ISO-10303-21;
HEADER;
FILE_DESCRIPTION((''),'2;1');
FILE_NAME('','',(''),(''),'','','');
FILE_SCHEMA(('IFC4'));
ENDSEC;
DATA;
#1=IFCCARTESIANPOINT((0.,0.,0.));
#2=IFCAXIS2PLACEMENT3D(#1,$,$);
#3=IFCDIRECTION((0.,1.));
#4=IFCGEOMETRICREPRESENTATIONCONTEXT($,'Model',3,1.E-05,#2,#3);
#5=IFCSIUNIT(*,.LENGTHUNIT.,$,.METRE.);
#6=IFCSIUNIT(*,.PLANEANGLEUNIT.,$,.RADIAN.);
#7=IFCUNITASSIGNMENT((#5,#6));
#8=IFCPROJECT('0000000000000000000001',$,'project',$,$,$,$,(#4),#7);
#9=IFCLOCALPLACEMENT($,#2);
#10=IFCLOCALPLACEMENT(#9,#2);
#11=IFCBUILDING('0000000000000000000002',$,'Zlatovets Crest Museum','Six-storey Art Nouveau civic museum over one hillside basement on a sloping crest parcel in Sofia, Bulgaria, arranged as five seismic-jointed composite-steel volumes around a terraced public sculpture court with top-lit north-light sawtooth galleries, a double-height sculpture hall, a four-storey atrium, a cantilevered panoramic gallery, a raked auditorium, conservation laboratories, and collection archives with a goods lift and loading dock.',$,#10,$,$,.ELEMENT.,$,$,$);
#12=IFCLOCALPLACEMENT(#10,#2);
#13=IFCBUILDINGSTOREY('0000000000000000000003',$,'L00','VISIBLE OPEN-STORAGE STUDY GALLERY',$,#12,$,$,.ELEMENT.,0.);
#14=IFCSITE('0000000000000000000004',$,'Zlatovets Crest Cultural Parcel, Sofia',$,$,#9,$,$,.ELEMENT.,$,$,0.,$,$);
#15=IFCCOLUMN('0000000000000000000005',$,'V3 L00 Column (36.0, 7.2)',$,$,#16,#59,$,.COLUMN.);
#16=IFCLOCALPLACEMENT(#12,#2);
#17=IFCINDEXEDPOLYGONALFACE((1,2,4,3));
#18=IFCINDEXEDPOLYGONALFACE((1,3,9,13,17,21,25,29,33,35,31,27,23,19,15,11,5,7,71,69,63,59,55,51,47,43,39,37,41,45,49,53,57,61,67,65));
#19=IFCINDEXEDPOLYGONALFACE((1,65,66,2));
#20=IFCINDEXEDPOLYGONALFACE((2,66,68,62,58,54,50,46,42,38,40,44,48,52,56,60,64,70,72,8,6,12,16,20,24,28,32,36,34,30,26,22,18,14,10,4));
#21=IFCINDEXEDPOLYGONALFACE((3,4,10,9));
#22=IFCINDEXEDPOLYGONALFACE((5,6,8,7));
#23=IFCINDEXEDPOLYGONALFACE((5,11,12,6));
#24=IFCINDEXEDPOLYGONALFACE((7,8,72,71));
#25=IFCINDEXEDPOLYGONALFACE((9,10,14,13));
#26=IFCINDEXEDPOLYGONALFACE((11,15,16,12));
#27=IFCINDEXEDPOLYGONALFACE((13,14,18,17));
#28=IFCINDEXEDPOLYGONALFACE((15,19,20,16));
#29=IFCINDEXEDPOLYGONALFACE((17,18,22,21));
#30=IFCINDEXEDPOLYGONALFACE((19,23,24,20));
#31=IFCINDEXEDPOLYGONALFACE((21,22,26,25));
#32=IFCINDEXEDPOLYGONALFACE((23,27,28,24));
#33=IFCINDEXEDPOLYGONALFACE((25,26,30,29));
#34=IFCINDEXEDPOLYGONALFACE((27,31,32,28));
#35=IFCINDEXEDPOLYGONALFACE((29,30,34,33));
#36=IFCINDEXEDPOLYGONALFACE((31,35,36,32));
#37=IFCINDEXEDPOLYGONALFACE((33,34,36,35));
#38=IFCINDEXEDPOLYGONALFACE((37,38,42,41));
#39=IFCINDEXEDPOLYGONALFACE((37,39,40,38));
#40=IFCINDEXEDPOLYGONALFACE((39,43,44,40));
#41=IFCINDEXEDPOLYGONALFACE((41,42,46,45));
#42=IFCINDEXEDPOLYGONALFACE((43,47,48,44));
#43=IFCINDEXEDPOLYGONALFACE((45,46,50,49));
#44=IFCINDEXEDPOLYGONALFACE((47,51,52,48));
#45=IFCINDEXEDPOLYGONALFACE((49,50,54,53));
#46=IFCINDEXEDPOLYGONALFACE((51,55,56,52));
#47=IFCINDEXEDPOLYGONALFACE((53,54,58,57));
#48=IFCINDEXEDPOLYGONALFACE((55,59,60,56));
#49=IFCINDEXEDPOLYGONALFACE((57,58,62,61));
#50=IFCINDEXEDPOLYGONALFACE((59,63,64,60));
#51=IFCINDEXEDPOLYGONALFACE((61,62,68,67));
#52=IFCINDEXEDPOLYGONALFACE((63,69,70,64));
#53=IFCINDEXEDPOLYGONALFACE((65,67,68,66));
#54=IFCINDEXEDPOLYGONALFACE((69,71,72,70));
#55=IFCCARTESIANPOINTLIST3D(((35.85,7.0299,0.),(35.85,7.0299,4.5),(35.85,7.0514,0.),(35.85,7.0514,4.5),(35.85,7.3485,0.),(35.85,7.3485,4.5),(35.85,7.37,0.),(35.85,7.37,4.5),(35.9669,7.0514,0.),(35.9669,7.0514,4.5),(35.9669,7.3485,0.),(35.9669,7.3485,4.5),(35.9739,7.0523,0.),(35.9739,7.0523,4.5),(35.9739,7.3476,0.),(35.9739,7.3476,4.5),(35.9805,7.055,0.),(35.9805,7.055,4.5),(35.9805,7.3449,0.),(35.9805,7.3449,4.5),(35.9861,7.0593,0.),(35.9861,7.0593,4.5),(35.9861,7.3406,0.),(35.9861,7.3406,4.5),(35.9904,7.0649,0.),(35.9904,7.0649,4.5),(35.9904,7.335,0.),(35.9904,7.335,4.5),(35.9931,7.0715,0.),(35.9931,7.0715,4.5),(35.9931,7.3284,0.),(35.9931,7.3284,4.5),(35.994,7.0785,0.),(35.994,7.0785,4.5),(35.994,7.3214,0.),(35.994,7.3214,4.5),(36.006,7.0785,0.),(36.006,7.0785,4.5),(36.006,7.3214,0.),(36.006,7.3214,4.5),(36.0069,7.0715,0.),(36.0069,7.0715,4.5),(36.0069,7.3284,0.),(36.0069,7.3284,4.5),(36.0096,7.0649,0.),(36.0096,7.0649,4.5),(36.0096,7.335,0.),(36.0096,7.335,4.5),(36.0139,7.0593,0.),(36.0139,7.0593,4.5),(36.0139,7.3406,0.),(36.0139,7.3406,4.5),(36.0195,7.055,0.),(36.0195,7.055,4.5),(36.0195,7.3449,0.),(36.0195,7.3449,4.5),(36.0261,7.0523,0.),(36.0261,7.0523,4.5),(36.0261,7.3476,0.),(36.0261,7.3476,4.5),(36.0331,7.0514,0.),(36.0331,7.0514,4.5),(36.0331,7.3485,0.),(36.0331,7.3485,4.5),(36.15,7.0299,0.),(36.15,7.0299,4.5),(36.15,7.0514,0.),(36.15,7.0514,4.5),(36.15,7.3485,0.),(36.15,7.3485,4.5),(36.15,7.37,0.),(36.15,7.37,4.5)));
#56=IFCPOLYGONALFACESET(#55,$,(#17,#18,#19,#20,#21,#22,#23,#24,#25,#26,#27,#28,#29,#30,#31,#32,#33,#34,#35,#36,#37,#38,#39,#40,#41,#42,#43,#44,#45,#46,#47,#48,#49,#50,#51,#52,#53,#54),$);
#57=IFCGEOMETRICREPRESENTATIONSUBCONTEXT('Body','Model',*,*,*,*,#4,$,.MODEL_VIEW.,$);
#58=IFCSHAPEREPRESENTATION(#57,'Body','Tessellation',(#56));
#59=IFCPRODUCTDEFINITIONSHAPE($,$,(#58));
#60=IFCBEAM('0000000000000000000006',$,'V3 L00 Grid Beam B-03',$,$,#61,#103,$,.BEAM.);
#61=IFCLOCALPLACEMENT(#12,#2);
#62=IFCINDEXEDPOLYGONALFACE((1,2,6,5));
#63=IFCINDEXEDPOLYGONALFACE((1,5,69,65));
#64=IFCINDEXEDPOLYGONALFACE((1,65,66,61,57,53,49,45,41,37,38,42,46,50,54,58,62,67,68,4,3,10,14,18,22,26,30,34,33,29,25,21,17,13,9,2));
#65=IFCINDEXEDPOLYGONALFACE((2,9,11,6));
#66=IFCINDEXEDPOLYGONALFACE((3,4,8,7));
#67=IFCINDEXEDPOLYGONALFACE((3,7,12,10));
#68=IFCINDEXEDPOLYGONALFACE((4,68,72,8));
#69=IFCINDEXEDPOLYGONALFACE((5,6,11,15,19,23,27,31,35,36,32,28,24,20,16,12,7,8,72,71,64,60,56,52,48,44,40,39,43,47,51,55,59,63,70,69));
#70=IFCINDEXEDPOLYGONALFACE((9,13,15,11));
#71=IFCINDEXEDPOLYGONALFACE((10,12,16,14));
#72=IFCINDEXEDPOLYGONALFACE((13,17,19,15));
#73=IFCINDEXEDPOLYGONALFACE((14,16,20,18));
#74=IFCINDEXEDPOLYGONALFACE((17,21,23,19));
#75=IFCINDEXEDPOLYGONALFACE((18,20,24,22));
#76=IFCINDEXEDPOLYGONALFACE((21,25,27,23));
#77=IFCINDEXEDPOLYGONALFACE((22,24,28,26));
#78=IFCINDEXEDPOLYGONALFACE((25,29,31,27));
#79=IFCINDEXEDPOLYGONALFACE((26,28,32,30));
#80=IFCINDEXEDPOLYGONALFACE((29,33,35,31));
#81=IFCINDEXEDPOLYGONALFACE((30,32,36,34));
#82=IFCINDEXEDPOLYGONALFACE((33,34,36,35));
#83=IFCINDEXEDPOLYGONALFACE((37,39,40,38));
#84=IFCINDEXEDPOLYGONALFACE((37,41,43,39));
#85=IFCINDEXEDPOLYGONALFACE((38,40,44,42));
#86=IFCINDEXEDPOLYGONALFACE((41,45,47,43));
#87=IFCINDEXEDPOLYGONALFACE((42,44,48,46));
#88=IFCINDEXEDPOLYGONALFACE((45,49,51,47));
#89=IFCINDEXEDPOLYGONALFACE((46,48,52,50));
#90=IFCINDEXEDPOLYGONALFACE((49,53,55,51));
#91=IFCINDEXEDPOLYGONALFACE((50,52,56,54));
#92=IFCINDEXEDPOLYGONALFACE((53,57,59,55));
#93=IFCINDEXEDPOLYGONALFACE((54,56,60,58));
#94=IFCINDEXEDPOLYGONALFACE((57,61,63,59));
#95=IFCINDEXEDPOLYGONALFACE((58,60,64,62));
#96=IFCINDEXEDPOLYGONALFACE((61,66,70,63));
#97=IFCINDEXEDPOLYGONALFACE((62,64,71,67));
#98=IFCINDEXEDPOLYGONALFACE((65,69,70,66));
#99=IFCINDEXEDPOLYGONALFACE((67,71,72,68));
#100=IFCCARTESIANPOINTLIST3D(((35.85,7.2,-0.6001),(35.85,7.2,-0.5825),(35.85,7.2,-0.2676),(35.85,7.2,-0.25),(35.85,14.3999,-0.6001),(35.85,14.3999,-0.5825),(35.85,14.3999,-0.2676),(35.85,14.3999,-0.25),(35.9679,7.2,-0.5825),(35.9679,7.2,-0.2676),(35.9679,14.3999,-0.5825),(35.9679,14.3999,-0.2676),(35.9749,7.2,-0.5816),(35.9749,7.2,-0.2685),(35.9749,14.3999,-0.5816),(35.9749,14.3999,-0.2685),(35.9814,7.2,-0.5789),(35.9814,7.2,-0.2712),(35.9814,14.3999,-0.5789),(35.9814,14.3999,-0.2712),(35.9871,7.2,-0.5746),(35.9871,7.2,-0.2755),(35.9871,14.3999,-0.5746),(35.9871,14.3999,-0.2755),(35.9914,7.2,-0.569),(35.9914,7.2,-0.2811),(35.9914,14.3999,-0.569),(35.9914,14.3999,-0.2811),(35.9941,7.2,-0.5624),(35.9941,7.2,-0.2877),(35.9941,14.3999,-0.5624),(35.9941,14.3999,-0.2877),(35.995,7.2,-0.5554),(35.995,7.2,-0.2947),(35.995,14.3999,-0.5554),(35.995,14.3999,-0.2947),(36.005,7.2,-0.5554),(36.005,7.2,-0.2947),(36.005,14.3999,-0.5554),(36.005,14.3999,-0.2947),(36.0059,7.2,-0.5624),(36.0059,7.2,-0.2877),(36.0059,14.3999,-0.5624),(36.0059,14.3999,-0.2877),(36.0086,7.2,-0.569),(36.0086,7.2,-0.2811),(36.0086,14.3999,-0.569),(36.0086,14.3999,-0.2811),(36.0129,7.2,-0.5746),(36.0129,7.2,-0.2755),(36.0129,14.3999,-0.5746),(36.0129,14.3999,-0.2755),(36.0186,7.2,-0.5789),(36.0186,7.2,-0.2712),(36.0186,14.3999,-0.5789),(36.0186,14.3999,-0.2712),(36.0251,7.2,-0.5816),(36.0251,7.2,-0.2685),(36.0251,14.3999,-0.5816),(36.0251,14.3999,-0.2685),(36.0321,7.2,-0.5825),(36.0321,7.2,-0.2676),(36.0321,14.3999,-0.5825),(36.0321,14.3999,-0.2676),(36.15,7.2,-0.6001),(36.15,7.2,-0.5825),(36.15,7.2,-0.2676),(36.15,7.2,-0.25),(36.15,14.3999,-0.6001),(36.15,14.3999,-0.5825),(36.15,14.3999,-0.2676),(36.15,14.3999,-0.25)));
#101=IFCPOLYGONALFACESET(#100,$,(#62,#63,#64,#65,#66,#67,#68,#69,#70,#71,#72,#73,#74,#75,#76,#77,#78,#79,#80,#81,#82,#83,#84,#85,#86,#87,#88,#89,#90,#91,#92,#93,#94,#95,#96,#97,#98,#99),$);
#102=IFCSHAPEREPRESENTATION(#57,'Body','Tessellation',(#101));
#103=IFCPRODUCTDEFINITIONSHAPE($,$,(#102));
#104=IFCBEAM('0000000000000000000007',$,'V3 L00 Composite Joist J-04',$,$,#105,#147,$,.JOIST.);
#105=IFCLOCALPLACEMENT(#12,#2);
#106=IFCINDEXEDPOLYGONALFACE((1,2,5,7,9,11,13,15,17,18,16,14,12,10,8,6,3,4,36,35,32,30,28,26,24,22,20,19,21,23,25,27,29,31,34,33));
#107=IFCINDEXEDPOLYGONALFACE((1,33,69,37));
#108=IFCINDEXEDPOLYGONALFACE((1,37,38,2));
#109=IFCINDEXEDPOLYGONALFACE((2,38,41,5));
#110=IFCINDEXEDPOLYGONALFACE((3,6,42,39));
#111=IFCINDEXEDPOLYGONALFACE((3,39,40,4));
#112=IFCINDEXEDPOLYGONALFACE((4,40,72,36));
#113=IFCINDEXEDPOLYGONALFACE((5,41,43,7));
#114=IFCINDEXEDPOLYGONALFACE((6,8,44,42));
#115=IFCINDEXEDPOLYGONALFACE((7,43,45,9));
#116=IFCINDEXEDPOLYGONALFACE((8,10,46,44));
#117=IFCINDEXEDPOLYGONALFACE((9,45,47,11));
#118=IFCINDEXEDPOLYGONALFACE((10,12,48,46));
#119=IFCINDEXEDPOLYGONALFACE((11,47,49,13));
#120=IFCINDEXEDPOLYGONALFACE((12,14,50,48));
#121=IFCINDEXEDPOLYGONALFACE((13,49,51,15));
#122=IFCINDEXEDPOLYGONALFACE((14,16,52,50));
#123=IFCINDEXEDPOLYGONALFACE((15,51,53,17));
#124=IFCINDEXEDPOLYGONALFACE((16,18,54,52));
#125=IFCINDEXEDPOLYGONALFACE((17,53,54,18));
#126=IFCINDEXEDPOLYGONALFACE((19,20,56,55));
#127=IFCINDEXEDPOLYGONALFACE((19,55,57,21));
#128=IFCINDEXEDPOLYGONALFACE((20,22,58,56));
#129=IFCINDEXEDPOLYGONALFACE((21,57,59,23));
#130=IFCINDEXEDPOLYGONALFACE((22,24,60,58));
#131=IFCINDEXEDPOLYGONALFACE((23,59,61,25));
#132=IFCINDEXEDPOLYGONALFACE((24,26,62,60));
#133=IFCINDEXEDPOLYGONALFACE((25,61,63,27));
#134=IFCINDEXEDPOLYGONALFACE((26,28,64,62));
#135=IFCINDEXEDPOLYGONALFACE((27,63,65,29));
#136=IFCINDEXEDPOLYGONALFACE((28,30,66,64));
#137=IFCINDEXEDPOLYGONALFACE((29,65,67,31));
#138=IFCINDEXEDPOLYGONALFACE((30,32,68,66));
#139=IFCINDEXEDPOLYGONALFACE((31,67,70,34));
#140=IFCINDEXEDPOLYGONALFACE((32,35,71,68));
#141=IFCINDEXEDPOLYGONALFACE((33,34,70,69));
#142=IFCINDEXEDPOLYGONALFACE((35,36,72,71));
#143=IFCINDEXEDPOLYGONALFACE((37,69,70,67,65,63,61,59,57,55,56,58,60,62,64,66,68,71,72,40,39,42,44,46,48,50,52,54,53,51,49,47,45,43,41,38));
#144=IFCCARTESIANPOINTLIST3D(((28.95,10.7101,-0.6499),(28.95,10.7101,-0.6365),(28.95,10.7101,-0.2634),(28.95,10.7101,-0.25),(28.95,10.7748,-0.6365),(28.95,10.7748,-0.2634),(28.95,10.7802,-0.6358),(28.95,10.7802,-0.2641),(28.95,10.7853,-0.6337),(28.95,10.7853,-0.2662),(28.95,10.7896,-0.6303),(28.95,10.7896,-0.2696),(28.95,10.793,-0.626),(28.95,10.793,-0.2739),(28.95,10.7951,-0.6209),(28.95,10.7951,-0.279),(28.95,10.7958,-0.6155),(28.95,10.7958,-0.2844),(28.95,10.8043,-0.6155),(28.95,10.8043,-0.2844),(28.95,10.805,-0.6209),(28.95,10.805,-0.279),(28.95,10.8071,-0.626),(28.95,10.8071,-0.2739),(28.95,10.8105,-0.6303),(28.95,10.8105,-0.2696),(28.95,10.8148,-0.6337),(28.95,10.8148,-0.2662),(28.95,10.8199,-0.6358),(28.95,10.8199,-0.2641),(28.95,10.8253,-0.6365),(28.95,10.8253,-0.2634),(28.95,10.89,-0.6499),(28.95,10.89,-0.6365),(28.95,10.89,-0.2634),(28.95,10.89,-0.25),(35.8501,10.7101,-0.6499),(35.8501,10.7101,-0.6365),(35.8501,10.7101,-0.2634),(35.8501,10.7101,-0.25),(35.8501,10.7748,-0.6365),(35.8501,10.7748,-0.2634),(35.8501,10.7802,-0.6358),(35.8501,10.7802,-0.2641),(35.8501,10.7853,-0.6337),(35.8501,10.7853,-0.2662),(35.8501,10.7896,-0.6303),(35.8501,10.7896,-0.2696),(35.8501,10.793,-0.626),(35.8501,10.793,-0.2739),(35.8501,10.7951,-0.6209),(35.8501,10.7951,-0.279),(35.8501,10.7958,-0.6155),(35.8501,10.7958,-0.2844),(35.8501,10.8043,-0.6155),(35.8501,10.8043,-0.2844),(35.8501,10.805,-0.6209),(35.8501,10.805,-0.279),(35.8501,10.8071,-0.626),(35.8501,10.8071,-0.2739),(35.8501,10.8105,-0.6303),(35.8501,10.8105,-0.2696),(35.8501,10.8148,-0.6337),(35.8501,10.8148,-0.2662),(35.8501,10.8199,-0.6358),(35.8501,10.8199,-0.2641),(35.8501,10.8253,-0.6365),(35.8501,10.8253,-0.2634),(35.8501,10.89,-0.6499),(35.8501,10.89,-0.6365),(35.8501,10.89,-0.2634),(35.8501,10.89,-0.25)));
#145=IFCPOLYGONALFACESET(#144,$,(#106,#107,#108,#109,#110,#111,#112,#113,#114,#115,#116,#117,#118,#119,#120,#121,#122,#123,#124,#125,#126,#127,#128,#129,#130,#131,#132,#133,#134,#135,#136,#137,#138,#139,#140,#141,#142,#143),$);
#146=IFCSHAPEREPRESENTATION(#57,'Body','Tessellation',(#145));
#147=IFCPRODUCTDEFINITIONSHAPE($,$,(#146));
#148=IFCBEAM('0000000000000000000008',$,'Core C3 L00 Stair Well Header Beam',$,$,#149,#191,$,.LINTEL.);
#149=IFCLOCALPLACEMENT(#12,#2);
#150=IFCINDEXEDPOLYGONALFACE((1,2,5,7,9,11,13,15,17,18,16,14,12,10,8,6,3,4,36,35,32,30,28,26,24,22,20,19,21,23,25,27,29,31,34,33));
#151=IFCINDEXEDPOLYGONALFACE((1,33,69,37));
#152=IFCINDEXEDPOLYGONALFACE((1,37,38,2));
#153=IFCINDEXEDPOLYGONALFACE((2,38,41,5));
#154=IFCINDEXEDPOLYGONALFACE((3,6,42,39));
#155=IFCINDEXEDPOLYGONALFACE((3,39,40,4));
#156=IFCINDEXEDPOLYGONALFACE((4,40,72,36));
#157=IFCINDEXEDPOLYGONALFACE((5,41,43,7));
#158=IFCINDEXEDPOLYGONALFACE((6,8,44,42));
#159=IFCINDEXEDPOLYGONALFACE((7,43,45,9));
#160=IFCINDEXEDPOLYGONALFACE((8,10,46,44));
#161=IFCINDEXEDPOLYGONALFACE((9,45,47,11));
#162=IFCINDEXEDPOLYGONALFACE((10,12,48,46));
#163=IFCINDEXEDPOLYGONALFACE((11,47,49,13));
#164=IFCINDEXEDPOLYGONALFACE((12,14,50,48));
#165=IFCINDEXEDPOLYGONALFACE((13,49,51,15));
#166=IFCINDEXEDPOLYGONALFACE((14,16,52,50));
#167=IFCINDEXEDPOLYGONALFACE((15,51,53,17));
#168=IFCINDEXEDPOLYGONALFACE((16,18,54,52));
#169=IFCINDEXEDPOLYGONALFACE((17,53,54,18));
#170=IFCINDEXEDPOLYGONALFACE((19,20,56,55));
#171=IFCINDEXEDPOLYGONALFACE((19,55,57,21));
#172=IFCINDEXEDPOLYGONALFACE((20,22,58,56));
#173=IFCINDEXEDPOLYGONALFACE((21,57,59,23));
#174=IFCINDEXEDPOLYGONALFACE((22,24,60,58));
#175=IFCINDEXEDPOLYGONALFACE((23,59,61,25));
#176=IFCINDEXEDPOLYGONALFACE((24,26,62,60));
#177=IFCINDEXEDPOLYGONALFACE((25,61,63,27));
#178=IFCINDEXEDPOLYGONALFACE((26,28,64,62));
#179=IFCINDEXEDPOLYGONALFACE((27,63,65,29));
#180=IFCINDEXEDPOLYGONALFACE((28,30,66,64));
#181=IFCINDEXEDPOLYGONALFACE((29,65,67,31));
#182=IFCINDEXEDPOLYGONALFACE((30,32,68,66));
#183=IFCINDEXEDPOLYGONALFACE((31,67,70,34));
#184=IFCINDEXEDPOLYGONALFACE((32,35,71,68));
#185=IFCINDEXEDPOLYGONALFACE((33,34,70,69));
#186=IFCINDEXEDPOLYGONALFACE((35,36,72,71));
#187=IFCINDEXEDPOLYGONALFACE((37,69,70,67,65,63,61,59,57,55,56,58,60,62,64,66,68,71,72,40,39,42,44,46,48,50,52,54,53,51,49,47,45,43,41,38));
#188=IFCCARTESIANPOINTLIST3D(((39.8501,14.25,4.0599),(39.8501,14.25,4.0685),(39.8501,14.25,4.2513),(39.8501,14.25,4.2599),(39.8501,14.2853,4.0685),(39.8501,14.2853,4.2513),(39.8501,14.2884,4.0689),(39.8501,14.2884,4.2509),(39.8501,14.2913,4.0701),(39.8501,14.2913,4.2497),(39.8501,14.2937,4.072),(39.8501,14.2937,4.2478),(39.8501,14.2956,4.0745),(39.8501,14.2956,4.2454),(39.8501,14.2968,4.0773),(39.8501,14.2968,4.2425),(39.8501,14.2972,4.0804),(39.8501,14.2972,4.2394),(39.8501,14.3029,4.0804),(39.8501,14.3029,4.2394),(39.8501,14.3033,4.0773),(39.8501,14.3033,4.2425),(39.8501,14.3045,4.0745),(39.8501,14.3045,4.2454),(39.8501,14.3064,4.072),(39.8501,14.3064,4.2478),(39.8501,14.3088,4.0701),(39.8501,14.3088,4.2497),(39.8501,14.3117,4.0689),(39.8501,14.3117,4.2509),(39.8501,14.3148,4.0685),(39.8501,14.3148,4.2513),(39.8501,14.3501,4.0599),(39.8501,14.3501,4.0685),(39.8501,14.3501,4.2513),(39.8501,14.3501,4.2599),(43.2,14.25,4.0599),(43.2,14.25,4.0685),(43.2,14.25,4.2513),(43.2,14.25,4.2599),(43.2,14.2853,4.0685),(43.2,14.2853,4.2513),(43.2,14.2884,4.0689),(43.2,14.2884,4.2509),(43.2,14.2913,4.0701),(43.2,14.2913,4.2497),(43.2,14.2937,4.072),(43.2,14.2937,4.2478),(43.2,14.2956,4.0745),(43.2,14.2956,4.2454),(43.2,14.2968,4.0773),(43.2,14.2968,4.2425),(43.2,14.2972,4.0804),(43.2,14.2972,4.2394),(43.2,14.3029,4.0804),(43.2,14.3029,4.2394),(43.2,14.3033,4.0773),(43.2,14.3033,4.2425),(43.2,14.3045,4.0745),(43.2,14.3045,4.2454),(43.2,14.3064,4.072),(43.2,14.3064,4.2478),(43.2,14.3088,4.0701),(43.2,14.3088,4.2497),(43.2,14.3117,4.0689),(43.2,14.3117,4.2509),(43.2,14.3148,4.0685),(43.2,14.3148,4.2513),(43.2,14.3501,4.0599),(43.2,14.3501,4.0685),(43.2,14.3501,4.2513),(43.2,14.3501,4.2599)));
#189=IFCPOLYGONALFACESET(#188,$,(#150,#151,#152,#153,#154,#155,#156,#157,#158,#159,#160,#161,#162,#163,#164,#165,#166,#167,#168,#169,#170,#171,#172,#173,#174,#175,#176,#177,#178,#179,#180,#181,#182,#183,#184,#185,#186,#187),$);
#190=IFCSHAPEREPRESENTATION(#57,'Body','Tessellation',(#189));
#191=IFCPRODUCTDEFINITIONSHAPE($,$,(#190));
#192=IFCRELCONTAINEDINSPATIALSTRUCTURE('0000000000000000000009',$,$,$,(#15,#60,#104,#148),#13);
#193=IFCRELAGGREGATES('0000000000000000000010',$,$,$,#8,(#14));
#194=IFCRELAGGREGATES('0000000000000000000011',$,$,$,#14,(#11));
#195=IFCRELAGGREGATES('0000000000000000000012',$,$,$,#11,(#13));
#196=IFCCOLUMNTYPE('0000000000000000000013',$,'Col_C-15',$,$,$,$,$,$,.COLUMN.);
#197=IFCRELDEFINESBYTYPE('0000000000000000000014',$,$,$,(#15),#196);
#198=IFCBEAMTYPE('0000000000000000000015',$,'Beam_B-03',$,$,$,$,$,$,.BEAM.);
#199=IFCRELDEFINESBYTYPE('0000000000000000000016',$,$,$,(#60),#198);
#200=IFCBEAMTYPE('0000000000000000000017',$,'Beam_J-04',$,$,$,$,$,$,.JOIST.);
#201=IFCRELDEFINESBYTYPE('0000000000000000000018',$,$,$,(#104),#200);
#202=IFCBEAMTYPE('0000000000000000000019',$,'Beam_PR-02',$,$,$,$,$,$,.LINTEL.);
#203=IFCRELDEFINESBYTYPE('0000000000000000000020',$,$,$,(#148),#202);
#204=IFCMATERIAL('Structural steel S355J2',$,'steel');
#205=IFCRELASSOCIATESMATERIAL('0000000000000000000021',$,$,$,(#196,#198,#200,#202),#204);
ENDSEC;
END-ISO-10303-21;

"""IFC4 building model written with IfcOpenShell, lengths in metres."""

from ifc_helpers import new_model, si_unit, direction, frame, origin, origin_2d, place, context, subcontext, project, spatial, i_section, extrude, material, material_profile, profile_set, type_object, element, save


model = new_model("IFC4")

# Units and contexts
model_context = context("Model", 3, precision=1e-05, world=origin(), true_north=direction((0.0, 1.0)))
body_context = subcontext(model_context, "Body", "Model", "MODEL_VIEW")
ifc_project = project(units=[si_unit("LENGTHUNIT", "METRE"), si_unit("PLANEANGLEUNIT", "RADIAN")], contexts=[model_context])

# Site, building, storey
site_placement = place(None, origin())
site = spatial("IfcSite", under=ifc_project, at=site_placement, Name="Zlatovets Crest Cultural Parcel, Sofia", CompositionType="ELEMENT", RefElevation=0.0)
building_placement = place(site_placement, origin())
building = spatial("IfcBuilding", under=site, at=building_placement, Name="Zlatovets Crest Museum", Description="Six-storey Art Nouveau civic museum over one hillside basement on a sloping crest parcel in Sofia, Bulgaria, arranged as five seismic-jointed composite-steel volumes around a terraced public sculpture court with top-lit north-light sawtooth galleries, a double-height sculpture hall, a four-storey atrium, a cantilevered panoramic gallery, a raked auditorium, conservation laboratories, and collection archives with a goods lift and loading dock.", CompositionType="ELEMENT")
storey_placement = place(building_placement, origin())
storey = spatial("IfcBuildingStorey", under=building, at=storey_placement, Name="L00", Description="VISIBLE OPEN-STORAGE STUDY GALLERY", CompositionType="ELEMENT", Elevation=0.0)

# Column
ifc_material_1 = material(Name="Structural steel S355J2", Category="steel")
ifc_material_profile_1 = material_profile(ifc_material_1, i_section(OverallWidth=0.3, OverallDepth=0.3401, WebThickness=0.012, FlangeThickness=0.0215, FilletRadius=0.0271, at=origin_2d()), Name="HEB 340")
ifc_profile_set_1 = profile_set([ifc_material_profile_1], Name="Structural steel S355J2")
column_type = type_object("IfcColumnType", Name="Col_C-15", PredefinedType="COLUMN", material=ifc_profile_set_1)
column_placement = place(storey_placement, frame((36.0, 7.2, 0.0), z_axis=(0.0, 0.0, 1.0), x_axis=(1.0, 0.0, 0.0)))
element("IfcColumn", 1, at=column_placement, inside=storey, type_object=column_type, Name="V3 L00 Column (36.0, 7.2)", PredefinedType="COLUMN", context=body_context, shape_type="SweptSolid", body=[
    extrude(i_section(OverallWidth=0.3, OverallDepth=0.3401, WebThickness=0.012, FlangeThickness=0.0215, FilletRadius=0.0271, at=origin_2d()), origin(), (0.0, 0.0, 1.0), 4.5),
])

# Beams
ifc_material_profile_2 = material_profile(ifc_material_1, i_section(OverallWidth=0.3, OverallDepth=0.3501, WebThickness=0.01, FlangeThickness=0.0176, FilletRadius=0.0271, at=origin_2d()), Name="HEA 360")
ifc_profile_set_2 = profile_set([ifc_material_profile_2], Name="Structural steel S355J2")
beam_type_1 = type_object("IfcBeamType", Name="Beam_B-03", PredefinedType="BEAM", material=ifc_profile_set_2)
beam_1_placement = place(storey_placement, frame((36.0, 7.2, -0.425), z_axis=(0.0, 1.0, 0.0), x_axis=(-1.0, 0.0, 0.0)))
element("IfcBeam", 2, at=beam_1_placement, inside=storey, type_object=beam_type_1, Name="V3 L00 Grid Beam B-03", PredefinedType="BEAM", context=body_context, shape_type="SweptSolid", body=[
    extrude(i_section(OverallWidth=0.3, OverallDepth=0.3501, WebThickness=0.01, FlangeThickness=0.0176, FilletRadius=0.0271, at=origin_2d()), origin(), (0.0, 0.0, 1.0), 7.2),
])
ifc_material_profile_3 = material_profile(ifc_material_1, i_section(OverallWidth=0.1799, OverallDepth=0.3999, WebThickness=0.0085, FlangeThickness=0.0134, FilletRadius=0.021, at=origin_2d()), Name="IPE 400")
ifc_profile_set_3 = profile_set([ifc_material_profile_3], Name="Structural steel S355J2")
beam_type_2 = type_object("IfcBeamType", Name="Beam_J-04", PredefinedType="JOIST", material=ifc_profile_set_3)
beam_2_placement = place(storey_placement, frame((28.95, 10.8, -0.45), z_axis=(1.0, 0.0, 0.0), x_axis=(0.0, 1.0, 0.0)))
element("IfcBeam", 3, at=beam_2_placement, inside=storey, type_object=beam_type_2, Name="V3 L00 Composite Joist J-04", PredefinedType="JOIST", context=body_context, shape_type="SweptSolid", body=[
    extrude(i_section(OverallWidth=0.1799, OverallDepth=0.3999, WebThickness=0.0085, FlangeThickness=0.0134, FilletRadius=0.021, at=origin_2d()), origin(), (0.0, 0.0, 1.0), 6.9001),
])
ifc_material_profile_4 = material_profile(ifc_material_1, i_section(OverallWidth=0.1001, OverallDepth=0.2, WebThickness=0.0056, FlangeThickness=0.0085, FilletRadius=0.012, at=origin_2d()), Name="IPE 200")
ifc_profile_set_4 = profile_set([ifc_material_profile_4], Name="Structural steel S355J2")
beam_type_3 = type_object("IfcBeamType", Name="Beam_PR-02", PredefinedType="LINTEL", material=ifc_profile_set_4)
beam_3_placement = place(storey_placement, frame((39.8501, 14.3, 4.1599), z_axis=(1.0, 0.0, 0.0), x_axis=(0.0, 1.0, 0.0)))
element("IfcBeam", 4, at=beam_3_placement, inside=storey, type_object=beam_type_3, Name="Core C3 L00 Stair Well Header Beam", PredefinedType="LINTEL", context=body_context, shape_type="SweptSolid", body=[
    extrude(i_section(OverallWidth=0.1001, OverallDepth=0.2, WebThickness=0.0056, FlangeThickness=0.0085, FilletRadius=0.012, at=origin_2d()), origin(), (0.0, 0.0, 1.0), 3.3499),
])

save(model, "model.ifc")
